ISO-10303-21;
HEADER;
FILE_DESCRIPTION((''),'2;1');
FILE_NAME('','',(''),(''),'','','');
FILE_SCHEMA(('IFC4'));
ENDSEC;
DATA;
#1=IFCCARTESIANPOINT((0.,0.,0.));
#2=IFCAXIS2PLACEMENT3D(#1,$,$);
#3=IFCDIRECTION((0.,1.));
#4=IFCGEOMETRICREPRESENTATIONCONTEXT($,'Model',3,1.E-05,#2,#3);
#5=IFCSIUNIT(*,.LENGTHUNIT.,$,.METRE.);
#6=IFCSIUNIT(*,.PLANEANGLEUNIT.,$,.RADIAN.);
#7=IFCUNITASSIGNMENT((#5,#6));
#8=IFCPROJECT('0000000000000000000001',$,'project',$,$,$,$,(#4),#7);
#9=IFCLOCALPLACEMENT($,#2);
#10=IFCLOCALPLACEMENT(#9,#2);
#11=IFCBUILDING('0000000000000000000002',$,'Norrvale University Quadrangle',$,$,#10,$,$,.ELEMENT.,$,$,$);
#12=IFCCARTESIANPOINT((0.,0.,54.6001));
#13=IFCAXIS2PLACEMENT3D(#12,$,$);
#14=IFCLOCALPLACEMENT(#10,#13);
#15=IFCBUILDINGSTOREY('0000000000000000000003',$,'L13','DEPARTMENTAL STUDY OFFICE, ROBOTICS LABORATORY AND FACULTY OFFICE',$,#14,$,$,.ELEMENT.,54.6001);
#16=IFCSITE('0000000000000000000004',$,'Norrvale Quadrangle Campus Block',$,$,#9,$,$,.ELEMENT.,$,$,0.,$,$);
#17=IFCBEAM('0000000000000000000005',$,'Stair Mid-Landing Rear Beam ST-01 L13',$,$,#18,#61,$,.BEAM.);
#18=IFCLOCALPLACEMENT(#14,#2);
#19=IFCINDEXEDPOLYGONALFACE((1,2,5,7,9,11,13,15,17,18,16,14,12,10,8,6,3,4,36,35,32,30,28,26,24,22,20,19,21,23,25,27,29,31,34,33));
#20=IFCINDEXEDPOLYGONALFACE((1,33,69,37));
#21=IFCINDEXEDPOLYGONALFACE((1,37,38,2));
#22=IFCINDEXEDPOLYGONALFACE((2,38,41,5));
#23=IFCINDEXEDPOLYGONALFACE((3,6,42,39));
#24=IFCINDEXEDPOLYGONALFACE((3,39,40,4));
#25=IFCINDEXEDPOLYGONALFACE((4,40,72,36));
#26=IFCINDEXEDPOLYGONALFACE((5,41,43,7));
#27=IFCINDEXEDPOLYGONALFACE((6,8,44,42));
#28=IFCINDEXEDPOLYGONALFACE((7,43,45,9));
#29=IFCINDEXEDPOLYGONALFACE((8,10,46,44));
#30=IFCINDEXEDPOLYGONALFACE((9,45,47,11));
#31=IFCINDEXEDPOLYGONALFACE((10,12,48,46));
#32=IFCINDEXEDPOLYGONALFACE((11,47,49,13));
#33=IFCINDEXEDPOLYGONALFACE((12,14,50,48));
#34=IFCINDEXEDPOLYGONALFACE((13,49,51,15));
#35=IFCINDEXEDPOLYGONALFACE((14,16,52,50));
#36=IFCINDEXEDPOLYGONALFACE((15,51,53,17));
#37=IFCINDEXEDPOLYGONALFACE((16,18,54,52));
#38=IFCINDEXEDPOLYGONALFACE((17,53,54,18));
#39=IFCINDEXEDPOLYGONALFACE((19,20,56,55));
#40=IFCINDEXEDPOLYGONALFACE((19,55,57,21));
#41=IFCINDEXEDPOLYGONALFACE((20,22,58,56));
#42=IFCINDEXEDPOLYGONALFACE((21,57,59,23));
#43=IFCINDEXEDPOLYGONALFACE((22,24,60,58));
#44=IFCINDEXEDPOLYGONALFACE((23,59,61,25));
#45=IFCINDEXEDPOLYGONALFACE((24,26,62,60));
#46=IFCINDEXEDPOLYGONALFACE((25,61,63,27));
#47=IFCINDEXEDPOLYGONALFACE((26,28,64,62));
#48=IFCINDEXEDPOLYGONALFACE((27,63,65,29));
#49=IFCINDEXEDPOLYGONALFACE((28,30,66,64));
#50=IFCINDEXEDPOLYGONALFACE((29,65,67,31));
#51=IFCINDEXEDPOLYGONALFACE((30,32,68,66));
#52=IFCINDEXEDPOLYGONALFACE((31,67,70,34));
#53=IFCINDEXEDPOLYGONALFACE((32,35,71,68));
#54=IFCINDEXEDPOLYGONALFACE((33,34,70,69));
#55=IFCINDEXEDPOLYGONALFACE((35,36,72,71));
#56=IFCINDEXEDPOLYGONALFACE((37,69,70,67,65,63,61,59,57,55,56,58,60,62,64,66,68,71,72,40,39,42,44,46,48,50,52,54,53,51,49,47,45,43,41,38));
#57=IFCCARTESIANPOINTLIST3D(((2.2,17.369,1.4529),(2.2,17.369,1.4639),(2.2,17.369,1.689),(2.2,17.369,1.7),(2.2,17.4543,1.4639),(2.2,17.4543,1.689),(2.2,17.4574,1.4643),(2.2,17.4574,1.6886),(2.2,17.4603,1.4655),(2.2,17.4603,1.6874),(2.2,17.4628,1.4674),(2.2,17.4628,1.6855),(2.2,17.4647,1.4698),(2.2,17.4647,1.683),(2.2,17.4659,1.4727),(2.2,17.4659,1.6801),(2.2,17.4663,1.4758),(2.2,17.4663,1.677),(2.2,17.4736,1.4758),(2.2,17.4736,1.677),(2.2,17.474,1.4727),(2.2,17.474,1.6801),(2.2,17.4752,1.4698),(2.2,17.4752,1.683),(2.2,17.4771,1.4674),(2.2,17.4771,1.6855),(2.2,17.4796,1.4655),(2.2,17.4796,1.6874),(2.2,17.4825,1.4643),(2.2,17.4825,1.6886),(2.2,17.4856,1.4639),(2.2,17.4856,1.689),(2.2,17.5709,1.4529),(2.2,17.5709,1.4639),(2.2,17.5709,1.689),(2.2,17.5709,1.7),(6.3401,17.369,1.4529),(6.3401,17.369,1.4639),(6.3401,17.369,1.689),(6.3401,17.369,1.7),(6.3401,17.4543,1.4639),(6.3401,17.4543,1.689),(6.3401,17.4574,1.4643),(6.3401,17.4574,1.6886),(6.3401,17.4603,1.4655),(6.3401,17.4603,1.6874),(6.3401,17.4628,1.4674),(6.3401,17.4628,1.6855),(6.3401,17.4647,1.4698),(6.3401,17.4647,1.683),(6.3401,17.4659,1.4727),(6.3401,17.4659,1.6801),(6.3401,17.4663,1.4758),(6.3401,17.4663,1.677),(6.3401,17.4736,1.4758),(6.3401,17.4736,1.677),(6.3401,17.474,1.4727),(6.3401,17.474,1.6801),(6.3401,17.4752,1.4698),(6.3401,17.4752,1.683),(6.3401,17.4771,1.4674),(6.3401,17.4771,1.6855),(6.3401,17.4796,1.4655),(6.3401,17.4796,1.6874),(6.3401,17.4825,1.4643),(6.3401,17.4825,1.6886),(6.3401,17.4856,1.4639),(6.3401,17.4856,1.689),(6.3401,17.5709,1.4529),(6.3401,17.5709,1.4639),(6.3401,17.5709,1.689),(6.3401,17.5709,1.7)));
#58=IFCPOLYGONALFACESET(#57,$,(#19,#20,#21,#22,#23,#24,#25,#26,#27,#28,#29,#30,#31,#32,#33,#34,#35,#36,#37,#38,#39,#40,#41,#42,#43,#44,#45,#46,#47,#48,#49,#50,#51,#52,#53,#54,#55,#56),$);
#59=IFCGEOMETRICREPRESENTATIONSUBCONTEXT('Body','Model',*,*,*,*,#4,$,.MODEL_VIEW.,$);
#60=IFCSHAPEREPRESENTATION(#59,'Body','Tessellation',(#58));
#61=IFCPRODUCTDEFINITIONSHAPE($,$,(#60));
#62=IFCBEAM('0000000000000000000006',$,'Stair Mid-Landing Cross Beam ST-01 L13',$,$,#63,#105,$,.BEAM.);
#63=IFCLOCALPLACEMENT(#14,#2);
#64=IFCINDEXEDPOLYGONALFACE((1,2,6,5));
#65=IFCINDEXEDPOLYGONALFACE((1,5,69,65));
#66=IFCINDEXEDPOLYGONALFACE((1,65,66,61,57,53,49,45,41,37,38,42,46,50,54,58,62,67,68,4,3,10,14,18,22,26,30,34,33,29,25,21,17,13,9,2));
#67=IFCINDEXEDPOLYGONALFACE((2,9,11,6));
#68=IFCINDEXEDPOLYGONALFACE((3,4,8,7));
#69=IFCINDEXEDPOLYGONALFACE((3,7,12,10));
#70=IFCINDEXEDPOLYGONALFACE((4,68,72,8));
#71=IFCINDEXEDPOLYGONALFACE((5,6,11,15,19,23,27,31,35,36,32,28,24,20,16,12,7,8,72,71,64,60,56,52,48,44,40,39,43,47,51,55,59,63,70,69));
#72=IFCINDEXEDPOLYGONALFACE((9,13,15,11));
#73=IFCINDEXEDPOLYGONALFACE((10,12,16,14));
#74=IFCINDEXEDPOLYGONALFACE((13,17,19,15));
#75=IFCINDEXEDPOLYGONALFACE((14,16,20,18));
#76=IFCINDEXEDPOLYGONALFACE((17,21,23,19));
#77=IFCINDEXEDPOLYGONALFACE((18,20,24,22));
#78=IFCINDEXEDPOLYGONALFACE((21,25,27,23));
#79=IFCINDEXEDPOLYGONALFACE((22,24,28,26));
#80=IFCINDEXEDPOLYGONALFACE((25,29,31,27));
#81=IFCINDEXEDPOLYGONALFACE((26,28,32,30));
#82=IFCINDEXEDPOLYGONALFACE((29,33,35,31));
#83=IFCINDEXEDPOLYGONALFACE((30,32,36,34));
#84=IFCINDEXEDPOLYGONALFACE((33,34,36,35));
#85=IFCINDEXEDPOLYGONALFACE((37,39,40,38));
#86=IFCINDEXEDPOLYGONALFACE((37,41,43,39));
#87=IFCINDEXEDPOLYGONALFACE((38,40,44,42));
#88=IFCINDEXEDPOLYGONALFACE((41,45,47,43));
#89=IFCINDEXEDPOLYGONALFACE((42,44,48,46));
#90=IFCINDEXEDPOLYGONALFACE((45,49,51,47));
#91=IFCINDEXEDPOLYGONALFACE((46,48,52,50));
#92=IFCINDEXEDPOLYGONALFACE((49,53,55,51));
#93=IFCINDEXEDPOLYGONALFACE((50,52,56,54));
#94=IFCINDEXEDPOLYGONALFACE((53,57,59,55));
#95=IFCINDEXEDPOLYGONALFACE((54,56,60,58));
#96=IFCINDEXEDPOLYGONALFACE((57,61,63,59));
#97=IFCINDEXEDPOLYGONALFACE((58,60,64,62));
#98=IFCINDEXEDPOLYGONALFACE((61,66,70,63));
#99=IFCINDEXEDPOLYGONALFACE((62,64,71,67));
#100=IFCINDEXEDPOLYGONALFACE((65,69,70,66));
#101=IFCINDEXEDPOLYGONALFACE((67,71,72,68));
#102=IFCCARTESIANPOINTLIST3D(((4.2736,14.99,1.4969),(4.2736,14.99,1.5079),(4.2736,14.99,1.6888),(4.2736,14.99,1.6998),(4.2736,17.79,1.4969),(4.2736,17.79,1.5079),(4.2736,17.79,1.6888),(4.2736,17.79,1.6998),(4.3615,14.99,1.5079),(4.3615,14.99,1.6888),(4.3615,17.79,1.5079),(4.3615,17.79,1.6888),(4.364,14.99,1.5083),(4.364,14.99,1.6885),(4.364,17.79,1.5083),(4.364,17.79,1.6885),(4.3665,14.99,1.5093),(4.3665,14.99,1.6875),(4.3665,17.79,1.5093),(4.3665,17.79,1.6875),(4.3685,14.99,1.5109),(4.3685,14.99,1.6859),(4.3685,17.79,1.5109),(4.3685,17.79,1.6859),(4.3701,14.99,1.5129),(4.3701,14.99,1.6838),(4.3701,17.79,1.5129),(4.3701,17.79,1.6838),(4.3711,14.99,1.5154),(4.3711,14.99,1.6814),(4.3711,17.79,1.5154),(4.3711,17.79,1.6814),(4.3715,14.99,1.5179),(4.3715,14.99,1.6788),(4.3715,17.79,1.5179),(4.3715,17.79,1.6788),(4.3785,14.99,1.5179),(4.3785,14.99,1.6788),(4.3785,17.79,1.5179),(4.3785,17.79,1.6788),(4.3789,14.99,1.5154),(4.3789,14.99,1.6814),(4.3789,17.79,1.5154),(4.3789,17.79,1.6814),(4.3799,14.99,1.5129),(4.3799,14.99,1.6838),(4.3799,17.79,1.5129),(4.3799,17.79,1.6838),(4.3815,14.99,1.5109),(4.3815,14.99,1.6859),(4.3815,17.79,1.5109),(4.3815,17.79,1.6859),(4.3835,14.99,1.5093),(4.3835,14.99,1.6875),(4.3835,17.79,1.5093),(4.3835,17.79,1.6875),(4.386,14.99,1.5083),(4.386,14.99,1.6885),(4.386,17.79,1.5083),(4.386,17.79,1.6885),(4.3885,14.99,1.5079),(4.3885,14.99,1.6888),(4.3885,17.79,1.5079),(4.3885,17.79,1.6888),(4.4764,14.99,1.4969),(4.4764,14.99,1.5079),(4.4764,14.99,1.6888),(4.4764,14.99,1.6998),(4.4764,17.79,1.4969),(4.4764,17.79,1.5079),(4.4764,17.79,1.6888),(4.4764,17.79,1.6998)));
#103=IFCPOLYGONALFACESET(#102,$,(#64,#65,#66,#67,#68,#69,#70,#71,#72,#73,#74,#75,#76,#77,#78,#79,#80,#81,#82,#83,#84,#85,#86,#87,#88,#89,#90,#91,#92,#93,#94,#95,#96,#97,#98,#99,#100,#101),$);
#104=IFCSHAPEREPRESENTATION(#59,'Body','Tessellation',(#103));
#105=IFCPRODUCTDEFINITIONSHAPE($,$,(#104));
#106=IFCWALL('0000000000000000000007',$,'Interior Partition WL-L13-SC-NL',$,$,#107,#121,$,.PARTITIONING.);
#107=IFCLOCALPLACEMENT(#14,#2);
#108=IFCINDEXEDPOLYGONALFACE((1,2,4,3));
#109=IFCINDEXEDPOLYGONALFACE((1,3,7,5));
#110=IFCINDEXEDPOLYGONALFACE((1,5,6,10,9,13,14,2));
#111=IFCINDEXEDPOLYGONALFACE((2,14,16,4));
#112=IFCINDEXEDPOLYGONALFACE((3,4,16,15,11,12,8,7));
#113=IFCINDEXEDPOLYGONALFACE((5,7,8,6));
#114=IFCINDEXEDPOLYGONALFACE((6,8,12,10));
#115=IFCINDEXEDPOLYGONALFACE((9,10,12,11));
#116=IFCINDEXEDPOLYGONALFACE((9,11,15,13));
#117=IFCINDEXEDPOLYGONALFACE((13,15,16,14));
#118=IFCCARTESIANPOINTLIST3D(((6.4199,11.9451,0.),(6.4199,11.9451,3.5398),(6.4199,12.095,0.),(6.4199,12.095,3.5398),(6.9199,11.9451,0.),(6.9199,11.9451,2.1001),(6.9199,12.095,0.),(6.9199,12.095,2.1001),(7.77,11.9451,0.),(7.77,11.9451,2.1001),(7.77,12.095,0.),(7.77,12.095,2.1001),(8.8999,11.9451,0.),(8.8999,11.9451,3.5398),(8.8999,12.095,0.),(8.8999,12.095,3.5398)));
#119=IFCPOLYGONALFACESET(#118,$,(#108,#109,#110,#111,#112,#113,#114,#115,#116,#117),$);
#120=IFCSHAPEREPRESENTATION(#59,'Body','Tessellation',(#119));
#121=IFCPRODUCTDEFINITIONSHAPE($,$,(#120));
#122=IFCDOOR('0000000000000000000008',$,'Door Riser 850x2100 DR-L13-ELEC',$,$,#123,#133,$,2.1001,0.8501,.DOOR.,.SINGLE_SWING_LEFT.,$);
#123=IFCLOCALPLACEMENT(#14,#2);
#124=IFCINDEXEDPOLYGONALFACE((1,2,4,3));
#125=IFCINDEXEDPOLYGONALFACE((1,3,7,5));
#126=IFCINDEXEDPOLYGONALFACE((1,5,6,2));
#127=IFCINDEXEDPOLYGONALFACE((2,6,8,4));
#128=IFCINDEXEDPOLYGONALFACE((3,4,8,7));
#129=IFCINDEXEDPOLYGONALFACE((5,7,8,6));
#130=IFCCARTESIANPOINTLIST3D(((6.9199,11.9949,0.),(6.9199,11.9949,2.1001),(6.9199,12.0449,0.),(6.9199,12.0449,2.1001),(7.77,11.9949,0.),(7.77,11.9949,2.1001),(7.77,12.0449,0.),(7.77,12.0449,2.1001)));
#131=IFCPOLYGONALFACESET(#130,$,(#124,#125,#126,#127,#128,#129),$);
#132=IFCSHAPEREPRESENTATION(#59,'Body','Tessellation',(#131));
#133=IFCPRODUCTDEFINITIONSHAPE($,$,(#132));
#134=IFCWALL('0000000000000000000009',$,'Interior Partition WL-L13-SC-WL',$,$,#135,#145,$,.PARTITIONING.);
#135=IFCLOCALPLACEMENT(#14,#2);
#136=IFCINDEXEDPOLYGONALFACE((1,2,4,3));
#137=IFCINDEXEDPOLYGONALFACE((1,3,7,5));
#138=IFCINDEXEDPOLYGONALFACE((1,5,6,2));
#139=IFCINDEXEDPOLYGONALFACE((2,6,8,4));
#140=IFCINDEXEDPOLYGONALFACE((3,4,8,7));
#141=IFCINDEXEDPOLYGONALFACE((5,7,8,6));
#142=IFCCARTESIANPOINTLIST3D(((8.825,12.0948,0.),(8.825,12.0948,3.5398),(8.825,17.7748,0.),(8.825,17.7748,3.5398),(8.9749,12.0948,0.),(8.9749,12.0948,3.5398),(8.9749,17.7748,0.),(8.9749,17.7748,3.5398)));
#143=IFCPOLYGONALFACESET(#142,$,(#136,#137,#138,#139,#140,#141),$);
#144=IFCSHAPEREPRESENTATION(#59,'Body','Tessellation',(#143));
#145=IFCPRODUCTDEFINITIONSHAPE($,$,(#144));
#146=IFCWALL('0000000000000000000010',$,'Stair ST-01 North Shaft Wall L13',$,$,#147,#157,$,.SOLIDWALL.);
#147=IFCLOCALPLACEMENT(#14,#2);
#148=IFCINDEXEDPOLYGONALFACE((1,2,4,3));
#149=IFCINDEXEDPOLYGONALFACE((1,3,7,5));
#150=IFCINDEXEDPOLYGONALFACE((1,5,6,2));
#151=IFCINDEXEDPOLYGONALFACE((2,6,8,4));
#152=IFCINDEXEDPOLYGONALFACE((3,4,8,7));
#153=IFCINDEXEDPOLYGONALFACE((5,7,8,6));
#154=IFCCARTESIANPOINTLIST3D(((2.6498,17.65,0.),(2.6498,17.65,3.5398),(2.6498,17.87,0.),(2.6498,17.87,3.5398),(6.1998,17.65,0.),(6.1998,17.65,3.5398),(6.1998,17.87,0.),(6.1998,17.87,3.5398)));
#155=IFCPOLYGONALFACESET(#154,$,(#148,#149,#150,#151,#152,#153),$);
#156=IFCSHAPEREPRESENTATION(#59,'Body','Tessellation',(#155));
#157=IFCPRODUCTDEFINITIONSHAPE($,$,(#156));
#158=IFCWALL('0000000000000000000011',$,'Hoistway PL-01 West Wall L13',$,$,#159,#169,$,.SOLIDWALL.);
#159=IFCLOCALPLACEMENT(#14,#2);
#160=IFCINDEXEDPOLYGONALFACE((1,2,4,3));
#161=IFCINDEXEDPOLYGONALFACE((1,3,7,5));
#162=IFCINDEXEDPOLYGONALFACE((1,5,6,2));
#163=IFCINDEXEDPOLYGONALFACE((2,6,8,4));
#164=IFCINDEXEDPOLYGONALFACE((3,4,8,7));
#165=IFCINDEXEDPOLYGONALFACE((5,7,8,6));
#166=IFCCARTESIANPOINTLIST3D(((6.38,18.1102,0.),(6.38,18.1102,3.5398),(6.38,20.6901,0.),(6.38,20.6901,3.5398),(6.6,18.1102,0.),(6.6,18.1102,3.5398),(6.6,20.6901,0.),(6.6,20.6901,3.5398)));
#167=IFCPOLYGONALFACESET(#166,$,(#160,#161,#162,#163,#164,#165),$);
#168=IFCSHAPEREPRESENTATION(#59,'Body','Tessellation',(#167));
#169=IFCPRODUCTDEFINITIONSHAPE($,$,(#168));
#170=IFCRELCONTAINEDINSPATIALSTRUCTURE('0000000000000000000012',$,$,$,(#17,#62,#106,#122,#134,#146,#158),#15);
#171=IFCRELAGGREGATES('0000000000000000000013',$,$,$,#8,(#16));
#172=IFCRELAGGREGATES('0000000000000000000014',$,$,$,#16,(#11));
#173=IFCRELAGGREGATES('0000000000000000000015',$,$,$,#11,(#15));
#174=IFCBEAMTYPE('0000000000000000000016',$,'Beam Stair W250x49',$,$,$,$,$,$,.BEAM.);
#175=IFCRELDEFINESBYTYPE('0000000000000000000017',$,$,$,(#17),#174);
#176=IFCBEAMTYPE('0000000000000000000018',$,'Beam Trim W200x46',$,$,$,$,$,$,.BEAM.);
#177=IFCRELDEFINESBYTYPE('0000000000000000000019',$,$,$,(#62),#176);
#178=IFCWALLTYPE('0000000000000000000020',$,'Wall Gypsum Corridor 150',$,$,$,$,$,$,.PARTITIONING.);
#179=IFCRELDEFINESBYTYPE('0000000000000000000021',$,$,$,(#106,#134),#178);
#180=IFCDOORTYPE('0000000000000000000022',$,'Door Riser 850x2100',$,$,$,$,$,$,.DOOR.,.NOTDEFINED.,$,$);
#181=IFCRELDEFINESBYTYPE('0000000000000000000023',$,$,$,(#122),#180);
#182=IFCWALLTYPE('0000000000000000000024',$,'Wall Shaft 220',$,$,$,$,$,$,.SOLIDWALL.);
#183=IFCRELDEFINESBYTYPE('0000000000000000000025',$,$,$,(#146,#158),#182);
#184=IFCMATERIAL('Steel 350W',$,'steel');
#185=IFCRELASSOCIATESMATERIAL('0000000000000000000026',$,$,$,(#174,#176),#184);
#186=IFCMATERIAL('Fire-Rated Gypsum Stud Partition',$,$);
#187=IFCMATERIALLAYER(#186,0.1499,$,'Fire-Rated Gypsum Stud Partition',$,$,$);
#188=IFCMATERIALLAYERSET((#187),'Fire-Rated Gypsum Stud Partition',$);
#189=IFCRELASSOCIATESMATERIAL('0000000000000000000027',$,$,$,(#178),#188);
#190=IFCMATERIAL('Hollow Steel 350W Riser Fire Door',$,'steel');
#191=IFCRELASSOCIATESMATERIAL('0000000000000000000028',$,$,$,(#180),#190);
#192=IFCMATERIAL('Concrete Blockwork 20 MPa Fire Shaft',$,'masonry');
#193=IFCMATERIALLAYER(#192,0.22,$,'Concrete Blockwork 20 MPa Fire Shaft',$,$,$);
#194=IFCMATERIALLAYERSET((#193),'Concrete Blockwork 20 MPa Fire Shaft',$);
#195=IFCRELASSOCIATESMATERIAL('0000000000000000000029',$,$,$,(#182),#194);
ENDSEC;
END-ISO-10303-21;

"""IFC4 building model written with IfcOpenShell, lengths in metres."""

from ifc_helpers import new_model, si_unit, direction, frame, frame_2d, origin, origin_2d, place, context, subcontext, project, spatial, rectangle, i_section, extrude, material, layer, layer_set, material_profile, profile_set, type_object, element, fill, save


model = new_model("IFC4")

# Units and contexts
model_context = context("Model", 3, precision=1e-05, world=origin(), true_north=direction((0.0, 1.0)))
body_context = subcontext(model_context, "Body", "Model", "MODEL_VIEW")
ifc_project = project(units=[si_unit("LENGTHUNIT", "METRE"), si_unit("PLANEANGLEUNIT", "RADIAN")], contexts=[model_context])

# Site, building, storey
site_placement = place(None, origin())
site = spatial("IfcSite", under=ifc_project, at=site_placement, Name="Norrvale Quadrangle Campus Block", CompositionType="ELEMENT", RefElevation=0.0)
building_placement = place(site_placement, origin())
building = spatial("IfcBuilding", under=site, at=building_placement, Name="Norrvale University Quadrangle", CompositionType="ELEMENT")
storey_placement = place(building_placement, frame((0.0, 0.0, 54.6001)))
storey = spatial("IfcBuildingStorey", under=building, at=storey_placement, Name="L13", Description="DEPARTMENTAL STUDY OFFICE, ROBOTICS LABORATORY AND FACULTY OFFICE", CompositionType="ELEMENT", Elevation=54.6001)

# Beams
ifc_material_1 = material(Name="Steel 350W", Category="steel")
ifc_material_profile_1 = material_profile(ifc_material_1, i_section(OverallWidth=0.2019, OverallDepth=0.2471, WebThickness=0.0073, FlangeThickness=0.011, FilletRadius=0.012, at=origin_2d()), Name="Steel 350W")
ifc_profile_set_1 = profile_set([ifc_material_profile_1], Name="Steel 350W")
beam_type_1 = type_object("IfcBeamType", Name="Beam Stair W250x49", PredefinedType="BEAM", material=ifc_profile_set_1)
for number, where, z_axis, x_axis, name in (
    (1, (2.2, 17.47, 1.5764), (1.0, 0.0, 0.0), (0.0, 1.0, 0.0), "Stair Mid-Landing Rear Beam ST-01 L13"),
):
    element("IfcBeam", number, at=place(storey_placement, frame(where, z_axis=z_axis, x_axis=x_axis)), inside=storey, type_object=beam_type_1, Name=name, PredefinedType="BEAM", context=body_context, shape_type="SweptSolid", body=[
        extrude(i_section(OverallWidth=0.2019, OverallDepth=0.2471, WebThickness=0.0073, FlangeThickness=0.011, FilletRadius=0.012, at=origin_2d()), origin(), (0.0, 0.0, 1.0), 4.1401),
    ])
ifc_material_profile_2 = material_profile(ifc_material_1, i_section(OverallWidth=0.2029, OverallDepth=0.2029, WebThickness=0.0071, FlangeThickness=0.011, FilletRadius=0.01, at=origin_2d()), Name="Steel 350W")
ifc_profile_set_2 = profile_set([ifc_material_profile_2], Name="Steel 350W")
beam_type_2 = type_object("IfcBeamType", Name="Beam Trim W200x46", PredefinedType="BEAM", material=ifc_profile_set_2)
beam_1_placement = place(storey_placement, frame((4.375, 14.99, 1.5984), z_axis=(0.0, 1.0, 0.0), x_axis=(-1.0, 0.0, 0.0)))
element("IfcBeam", 2, at=beam_1_placement, inside=storey, type_object=beam_type_2, Name="Stair Mid-Landing Cross Beam ST-01 L13", PredefinedType="BEAM", context=body_context, shape_type="SweptSolid", body=[
    extrude(i_section(OverallWidth=0.2029, OverallDepth=0.2029, WebThickness=0.0071, FlangeThickness=0.011, FilletRadius=0.01, at=origin_2d()), origin(), (0.0, 0.0, 1.0), 2.8),
])

# Wall, opening, door
ifc_material_2 = material(Name="Fire-Rated Gypsum Stud Partition")
ifc_layer_1 = layer(ifc_material_2, 0.1499, Name="Fire-Rated Gypsum Stud Partition")
ifc_layer_set_1 = layer_set([ifc_layer_1], Name="Fire-Rated Gypsum Stud Partition")
wall_type_1 = type_object("IfcWallType", Name="Wall Gypsum Corridor 150", PredefinedType="PARTITIONING", material=ifc_layer_set_1)
wall_1_placement = place(storey_placement, frame((6.4199, 12.02, 0.0), z_axis=(0.0, 0.0, 1.0), x_axis=(1.0, 0.0, 0.0)))
wall_1 = element("IfcWall", 3, at=wall_1_placement, inside=storey, type_object=wall_type_1, Name="Interior Partition WL-L13-SC-NL", PredefinedType="PARTITIONING", context=body_context, shape_type="SweptSolid", body=[
    extrude(rectangle(XDim=2.48, YDim=0.1499, at=frame_2d((1.24, 0.0))), origin(), (0.0, 0.0, 1.0), 3.5398),
])
opening_1_placement = place(wall_1_placement, frame((0.5, 0.0, 0.0)))
opening_1 = element("IfcOpeningElement", 4, at=opening_1_placement, cuts=wall_1, PredefinedType="OPENING", context=body_context, shape_type="SweptSolid", body=[
    extrude(rectangle(XDim=0.8501, YDim=2.1001, at=frame_2d((0.425, 1.05))), frame((0.0, 0.0869, 0.0), z_axis=(0.0, -1.0, 0.0), x_axis=(1.0, 0.0, 0.0)), (0.0, 0.0, 1.0), 0.1738),
])
ifc_material_3 = material(Name="Hollow Steel 350W Riser Fire Door", Category="steel")
door_type_1 = type_object("IfcDoorType", Name="Door Riser 850x2100", OperationType="NOTDEFINED", PredefinedType="DOOR", material=ifc_material_3)
door_1_placement = place(opening_1_placement, origin())
door_1 = element("IfcDoor", 5, at=door_1_placement, inside=storey, type_object=door_type_1, Name="Door Riser 850x2100 DR-L13-ELEC", OperationType="SINGLE_SWING_LEFT", OverallHeight=2.1001, OverallWidth=0.8501, PredefinedType="DOOR", context=body_context, shape_type="SweptSolid", body=[
    extrude(rectangle(XDim=0.8501, YDim=2.1001, at=frame_2d((0.425, 1.05))), frame((0.0, 0.0249, 0.0), z_axis=(0.0, -1.0, 0.0), x_axis=(1.0, 0.0, 0.0)), (0.0, 0.0, 1.0), 0.05),
])
fill(opening_1, door_1)

# Walls
wall_2_placement = place(storey_placement, frame((8.8999, 12.095, 0.0), z_axis=(0.0, 0.0, 1.0), x_axis=(0.0, 1.0, 0.0)))
element("IfcWall", 6, at=wall_2_placement, inside=storey, type_object=wall_type_1, Name="Interior Partition WL-L13-SC-WL", PredefinedType="PARTITIONING", context=body_context, shape_type="SweptSolid", body=[
    extrude(rectangle(XDim=5.6799, YDim=0.1499, at=frame_2d((2.8398, 0.0))), origin(), (0.0, 0.0, 1.0), 3.5398),
])
ifc_material_4 = material(Name="Concrete Blockwork 20 MPa Fire Shaft", Category="masonry")
ifc_layer_2 = layer(ifc_material_4, 0.22, Name="Concrete Blockwork 20 MPa Fire Shaft")
ifc_layer_set_2 = layer_set([ifc_layer_2], Name="Concrete Blockwork 20 MPa Fire Shaft")
wall_type_2 = type_object("IfcWallType", Name="Wall Shaft 220", PredefinedType="SOLIDWALL", material=ifc_layer_set_2)
wall_3_placement = place(storey_placement, frame((2.6499, 17.76, 0.0), z_axis=(0.0, 0.0, 1.0), x_axis=(1.0, 0.0, 0.0)))
element("IfcWall", 7, at=wall_3_placement, inside=storey, type_object=wall_type_2, Name="Stair ST-01 North Shaft Wall L13", PredefinedType="SOLIDWALL", context=body_context, shape_type="SweptSolid", body=[
    extrude(rectangle(XDim=3.55, YDim=0.22, at=frame_2d((1.7749, 0.0))), origin(), (0.0, 0.0, 1.0), 3.5398),
])
wall_4_placement = place(storey_placement, frame((6.49, 18.1101, 0.0), z_axis=(0.0, 0.0, 1.0), x_axis=(0.0, 1.0, 0.0)))
element("IfcWall", 8, at=wall_4_placement, inside=storey, type_object=wall_type_2, Name="Hoistway PL-01 West Wall L13", PredefinedType="SOLIDWALL", context=body_context, shape_type="SweptSolid", body=[
    extrude(rectangle(XDim=2.5798, YDim=0.22, at=frame_2d((1.29, 0.0))), origin(), (0.0, 0.0, 1.0), 3.5398),
])

save(model, "model.ifc")
